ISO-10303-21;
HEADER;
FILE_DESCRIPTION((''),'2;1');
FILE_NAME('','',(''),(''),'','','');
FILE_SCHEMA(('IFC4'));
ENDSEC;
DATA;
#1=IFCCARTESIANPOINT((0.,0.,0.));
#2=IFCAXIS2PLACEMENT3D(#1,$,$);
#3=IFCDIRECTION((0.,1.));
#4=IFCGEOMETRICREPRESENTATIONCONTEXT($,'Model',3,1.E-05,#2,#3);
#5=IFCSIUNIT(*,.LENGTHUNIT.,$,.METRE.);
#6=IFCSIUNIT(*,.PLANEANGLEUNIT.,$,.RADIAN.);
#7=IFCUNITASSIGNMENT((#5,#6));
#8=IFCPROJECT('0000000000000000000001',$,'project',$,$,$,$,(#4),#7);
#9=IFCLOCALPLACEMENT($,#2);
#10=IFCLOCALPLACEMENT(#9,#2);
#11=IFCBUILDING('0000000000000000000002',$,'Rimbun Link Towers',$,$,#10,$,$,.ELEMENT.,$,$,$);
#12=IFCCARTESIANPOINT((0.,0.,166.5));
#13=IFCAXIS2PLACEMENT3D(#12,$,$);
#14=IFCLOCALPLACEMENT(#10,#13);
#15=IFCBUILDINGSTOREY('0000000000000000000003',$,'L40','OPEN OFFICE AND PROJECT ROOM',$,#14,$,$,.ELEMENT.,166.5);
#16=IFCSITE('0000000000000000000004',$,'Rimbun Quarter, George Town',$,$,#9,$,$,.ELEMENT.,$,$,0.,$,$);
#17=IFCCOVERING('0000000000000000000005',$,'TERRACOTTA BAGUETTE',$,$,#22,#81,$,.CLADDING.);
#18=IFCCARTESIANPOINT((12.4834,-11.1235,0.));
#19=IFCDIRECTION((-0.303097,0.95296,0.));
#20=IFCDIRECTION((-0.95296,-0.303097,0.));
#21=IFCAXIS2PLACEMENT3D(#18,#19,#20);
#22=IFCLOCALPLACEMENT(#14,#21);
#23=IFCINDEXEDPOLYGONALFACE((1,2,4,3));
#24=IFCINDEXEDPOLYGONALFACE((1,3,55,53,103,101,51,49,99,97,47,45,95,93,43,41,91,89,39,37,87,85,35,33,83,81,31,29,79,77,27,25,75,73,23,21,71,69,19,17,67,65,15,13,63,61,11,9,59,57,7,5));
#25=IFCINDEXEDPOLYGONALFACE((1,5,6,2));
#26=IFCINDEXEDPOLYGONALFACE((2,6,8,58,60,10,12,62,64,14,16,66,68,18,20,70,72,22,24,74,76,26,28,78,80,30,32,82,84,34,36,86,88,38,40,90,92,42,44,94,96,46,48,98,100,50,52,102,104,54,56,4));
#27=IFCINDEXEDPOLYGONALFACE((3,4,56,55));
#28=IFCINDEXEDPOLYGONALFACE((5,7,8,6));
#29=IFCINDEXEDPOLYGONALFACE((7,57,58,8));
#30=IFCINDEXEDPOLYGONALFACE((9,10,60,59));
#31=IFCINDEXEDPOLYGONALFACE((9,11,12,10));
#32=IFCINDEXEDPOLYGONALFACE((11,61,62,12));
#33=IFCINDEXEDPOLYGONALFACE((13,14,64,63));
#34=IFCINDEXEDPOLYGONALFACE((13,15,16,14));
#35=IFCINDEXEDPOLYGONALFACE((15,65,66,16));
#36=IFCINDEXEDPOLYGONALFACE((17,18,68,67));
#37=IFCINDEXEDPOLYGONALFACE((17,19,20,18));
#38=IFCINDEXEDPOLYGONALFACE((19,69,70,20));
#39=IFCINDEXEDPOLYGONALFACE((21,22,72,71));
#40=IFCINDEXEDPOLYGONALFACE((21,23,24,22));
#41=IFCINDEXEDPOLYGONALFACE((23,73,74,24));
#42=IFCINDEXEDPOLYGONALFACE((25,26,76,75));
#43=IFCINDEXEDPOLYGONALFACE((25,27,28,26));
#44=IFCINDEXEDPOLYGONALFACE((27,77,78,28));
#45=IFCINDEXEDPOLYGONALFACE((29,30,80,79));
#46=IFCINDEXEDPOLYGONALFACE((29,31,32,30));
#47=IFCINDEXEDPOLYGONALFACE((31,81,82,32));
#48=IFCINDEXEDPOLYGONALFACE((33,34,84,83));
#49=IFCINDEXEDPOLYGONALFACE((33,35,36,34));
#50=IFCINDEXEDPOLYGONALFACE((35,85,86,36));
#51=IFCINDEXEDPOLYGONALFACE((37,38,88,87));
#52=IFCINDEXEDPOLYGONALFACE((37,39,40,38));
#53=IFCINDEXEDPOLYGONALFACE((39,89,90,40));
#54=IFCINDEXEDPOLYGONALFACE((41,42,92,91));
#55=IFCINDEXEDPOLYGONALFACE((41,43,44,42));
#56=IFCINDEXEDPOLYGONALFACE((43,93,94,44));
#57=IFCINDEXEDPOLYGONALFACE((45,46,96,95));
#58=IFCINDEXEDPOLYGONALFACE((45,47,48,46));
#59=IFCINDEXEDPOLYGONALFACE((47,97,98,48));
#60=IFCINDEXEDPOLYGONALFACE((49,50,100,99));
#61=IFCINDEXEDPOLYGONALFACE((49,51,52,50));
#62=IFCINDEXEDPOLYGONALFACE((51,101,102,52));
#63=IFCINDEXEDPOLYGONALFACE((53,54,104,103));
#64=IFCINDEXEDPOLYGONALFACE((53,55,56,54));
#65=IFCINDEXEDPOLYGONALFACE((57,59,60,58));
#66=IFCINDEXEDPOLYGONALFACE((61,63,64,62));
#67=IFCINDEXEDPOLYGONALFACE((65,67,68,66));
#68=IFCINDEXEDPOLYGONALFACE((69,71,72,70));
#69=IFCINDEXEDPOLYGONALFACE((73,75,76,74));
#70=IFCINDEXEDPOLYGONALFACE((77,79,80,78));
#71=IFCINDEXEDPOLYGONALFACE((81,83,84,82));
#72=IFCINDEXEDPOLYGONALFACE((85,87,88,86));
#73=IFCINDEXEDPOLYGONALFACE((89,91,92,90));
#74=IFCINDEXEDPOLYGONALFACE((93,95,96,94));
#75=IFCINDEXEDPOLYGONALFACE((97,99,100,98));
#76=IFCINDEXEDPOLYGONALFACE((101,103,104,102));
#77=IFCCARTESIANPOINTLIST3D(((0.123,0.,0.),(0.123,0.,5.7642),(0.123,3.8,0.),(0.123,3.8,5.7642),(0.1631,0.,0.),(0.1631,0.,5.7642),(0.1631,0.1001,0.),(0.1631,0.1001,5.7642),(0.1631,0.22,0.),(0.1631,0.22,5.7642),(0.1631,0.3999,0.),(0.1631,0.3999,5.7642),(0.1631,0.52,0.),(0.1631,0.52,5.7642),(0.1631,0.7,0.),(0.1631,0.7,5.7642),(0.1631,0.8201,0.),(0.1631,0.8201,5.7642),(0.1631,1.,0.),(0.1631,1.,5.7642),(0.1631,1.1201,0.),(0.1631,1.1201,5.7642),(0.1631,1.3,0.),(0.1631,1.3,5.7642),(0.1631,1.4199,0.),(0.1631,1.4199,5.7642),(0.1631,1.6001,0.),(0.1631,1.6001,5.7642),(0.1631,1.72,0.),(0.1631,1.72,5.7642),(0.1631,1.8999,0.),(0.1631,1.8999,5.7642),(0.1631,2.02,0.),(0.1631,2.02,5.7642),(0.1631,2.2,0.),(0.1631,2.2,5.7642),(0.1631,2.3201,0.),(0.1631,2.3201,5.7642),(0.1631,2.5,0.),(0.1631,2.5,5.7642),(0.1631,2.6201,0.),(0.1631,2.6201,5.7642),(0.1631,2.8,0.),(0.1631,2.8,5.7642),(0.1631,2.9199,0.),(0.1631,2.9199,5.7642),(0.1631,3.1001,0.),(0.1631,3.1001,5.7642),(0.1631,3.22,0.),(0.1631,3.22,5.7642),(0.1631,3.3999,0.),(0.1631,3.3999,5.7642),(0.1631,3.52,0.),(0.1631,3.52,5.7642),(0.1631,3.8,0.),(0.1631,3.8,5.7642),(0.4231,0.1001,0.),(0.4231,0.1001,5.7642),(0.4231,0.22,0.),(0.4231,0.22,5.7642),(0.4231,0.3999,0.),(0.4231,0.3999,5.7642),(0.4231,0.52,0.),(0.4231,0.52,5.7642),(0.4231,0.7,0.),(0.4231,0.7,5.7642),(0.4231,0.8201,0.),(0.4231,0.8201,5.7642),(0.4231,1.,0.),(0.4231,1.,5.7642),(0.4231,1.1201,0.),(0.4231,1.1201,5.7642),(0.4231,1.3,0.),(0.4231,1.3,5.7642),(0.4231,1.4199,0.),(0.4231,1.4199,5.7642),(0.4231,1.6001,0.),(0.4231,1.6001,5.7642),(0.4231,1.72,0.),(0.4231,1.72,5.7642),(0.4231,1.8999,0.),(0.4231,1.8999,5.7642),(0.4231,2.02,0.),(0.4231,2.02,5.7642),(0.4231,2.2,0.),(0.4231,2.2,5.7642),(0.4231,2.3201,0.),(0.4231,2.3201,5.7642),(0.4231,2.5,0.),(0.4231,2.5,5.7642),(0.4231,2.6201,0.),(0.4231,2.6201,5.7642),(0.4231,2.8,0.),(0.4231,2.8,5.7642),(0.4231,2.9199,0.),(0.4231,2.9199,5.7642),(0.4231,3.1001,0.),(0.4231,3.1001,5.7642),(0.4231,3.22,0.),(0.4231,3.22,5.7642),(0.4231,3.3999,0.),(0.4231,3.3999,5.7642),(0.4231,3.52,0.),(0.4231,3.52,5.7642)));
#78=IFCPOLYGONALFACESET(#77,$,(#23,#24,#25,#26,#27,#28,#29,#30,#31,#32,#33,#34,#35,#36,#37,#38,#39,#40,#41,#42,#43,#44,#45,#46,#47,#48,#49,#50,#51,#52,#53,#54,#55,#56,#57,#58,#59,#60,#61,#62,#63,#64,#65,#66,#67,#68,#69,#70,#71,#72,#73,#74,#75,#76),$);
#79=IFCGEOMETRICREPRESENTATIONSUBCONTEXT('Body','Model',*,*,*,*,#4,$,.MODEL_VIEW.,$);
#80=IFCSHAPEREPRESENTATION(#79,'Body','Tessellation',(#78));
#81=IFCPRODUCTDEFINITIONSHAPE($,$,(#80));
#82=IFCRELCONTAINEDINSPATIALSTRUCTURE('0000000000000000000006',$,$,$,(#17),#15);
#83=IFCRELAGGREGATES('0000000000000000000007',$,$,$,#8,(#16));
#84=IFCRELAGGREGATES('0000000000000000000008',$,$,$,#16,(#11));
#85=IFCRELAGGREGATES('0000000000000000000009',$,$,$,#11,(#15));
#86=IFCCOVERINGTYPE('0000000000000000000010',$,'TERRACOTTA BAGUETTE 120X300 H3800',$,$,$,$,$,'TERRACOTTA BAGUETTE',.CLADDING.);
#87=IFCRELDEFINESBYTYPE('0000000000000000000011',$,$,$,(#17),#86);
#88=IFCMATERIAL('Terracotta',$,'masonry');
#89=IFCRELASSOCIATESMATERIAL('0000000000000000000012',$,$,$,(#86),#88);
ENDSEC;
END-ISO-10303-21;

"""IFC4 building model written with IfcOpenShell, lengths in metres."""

from ifc_helpers import new_model, si_unit, direction, frame, origin, place, context, subcontext, project, spatial, polyline, outline, extrude, material, material_profile, profile_set, type_object, element, save


model = new_model("IFC4")

# Units and contexts
model_context = context("Model", 3, precision=1e-05, world=origin(), true_north=direction((0.0, 1.0)))
body_context = subcontext(model_context, "Body", "Model", "MODEL_VIEW")
ifc_project = project(units=[si_unit("LENGTHUNIT", "METRE"), si_unit("PLANEANGLEUNIT", "RADIAN")], contexts=[model_context])

# Site, building, storey
site_placement = place(None, origin())
site = spatial("IfcSite", under=ifc_project, at=site_placement, Name="Rimbun Quarter, George Town", CompositionType="ELEMENT", RefElevation=0.0)
building_placement = place(site_placement, origin())
building = spatial("IfcBuilding", under=site, at=building_placement, Name="Rimbun Link Towers", CompositionType="ELEMENT")
storey_placement = place(building_placement, frame((0.0, 0.0, 166.5)))
storey = spatial("IfcBuildingStorey", under=building, at=storey_placement, Name="L40", Description="OPEN OFFICE AND PROJECT ROOM", CompositionType="ELEMENT", Elevation=166.5)

# Covering
ifc_material_1 = material(Name="Terracotta", Category="masonry")
ifc_material_profile_1 = material_profile(ifc_material_1, outline(polyline([(0.123, 0.0), (0.1631, 0.0), (0.1631, 0.1001), (0.4231, 0.1001), (0.4231, 0.22), (0.1631, 0.22), (0.1631, 0.3999), (0.4231, 0.3999), (0.4231, 0.52), (0.1631, 0.52), (0.1631, 0.7), (0.4231, 0.7), (0.4231, 0.8201), (0.1631, 0.8201), (0.1631, 1.0), (0.4231, 1.0), (0.4231, 1.1201), (0.1631, 1.1201), (0.1631, 1.3), (0.4231, 1.3), (0.4231, 1.4199), (0.1631, 1.4199), (0.1631, 1.6001), (0.4231, 1.6001), (0.4231, 1.72), (0.1631, 1.72), (0.1631, 1.8999), (0.4231, 1.8999), (0.4231, 2.02), (0.1631, 2.02), (0.1631, 2.2), (0.4231, 2.2), (0.4231, 2.3201), (0.1631, 2.3201), (0.1631, 2.5), (0.4231, 2.5), (0.4231, 2.6201), (0.1631, 2.6201), (0.1631, 2.8), (0.4231, 2.8), (0.4231, 2.9199), (0.1631, 2.9199), (0.1631, 3.1001), (0.4231, 3.1001), (0.4231, 3.22), (0.1631, 3.22), (0.1631, 3.3999), (0.4231, 3.3999), (0.4231, 3.52), (0.1631, 3.52), (0.1631, 3.8), (0.123, 3.8), (0.123, 0.0)])), Name="BAGUETTE 120X300")
ifc_profile_set_1 = profile_set([ifc_material_profile_1], Name="Terracotta")
covering_type_1 = type_object("IfcCoveringType", Name="TERRACOTTA BAGUETTE 120X300 H3800", ElementType="TERRACOTTA BAGUETTE", PredefinedType="CLADDING", material=ifc_profile_set_1)
covering_1_placement = place(storey_placement, frame((12.4834, -11.1235, 0.0), z_axis=(-0.303097, 0.95296, 0.0), x_axis=(-0.95296, -0.303097, 0.0)))
element("IfcCovering", 1, at=covering_1_placement, inside=storey, type_object=covering_type_1, Name="TERRACOTTA BAGUETTE", PredefinedType="CLADDING", context=body_context, shape_type="SweptSolid", body=[
    extrude(outline(polyline([(0.123, 0.0), (0.1631, 0.0), (0.1631, 0.1001), (0.4231, 0.1001), (0.4231, 0.22), (0.1631, 0.22), (0.1631, 0.3999), (0.4231, 0.3999), (0.4231, 0.52), (0.1631, 0.52), (0.1631, 0.7), (0.4231, 0.7), (0.4231, 0.8201), (0.1631, 0.8201), (0.1631, 1.0), (0.4231, 1.0), (0.4231, 1.1201), (0.1631, 1.1201), (0.1631, 1.3), (0.4231, 1.3), (0.4231, 1.4199), (0.1631, 1.4199), (0.1631, 1.6001), (0.4231, 1.6001), (0.4231, 1.72), (0.1631, 1.72), (0.1631, 1.8999), (0.4231, 1.8999), (0.4231, 2.02), (0.1631, 2.02), (0.1631, 2.2), (0.4231, 2.2), (0.4231, 2.3201), (0.1631, 2.3201), (0.1631, 2.5), (0.4231, 2.5), (0.4231, 2.6201), (0.1631, 2.6201), (0.1631, 2.8), (0.4231, 2.8), (0.4231, 2.9199), (0.1631, 2.9199), (0.1631, 3.1001), (0.4231, 3.1001), (0.4231, 3.22), (0.1631, 3.22), (0.1631, 3.3999), (0.4231, 3.3999), (0.4231, 3.52), (0.1631, 3.52), (0.1631, 3.8), (0.123, 3.8), (0.123, 0.0)])), origin(), (0.0, 0.0, 1.0), 5.7642),
])

save(model, "model.ifc")
